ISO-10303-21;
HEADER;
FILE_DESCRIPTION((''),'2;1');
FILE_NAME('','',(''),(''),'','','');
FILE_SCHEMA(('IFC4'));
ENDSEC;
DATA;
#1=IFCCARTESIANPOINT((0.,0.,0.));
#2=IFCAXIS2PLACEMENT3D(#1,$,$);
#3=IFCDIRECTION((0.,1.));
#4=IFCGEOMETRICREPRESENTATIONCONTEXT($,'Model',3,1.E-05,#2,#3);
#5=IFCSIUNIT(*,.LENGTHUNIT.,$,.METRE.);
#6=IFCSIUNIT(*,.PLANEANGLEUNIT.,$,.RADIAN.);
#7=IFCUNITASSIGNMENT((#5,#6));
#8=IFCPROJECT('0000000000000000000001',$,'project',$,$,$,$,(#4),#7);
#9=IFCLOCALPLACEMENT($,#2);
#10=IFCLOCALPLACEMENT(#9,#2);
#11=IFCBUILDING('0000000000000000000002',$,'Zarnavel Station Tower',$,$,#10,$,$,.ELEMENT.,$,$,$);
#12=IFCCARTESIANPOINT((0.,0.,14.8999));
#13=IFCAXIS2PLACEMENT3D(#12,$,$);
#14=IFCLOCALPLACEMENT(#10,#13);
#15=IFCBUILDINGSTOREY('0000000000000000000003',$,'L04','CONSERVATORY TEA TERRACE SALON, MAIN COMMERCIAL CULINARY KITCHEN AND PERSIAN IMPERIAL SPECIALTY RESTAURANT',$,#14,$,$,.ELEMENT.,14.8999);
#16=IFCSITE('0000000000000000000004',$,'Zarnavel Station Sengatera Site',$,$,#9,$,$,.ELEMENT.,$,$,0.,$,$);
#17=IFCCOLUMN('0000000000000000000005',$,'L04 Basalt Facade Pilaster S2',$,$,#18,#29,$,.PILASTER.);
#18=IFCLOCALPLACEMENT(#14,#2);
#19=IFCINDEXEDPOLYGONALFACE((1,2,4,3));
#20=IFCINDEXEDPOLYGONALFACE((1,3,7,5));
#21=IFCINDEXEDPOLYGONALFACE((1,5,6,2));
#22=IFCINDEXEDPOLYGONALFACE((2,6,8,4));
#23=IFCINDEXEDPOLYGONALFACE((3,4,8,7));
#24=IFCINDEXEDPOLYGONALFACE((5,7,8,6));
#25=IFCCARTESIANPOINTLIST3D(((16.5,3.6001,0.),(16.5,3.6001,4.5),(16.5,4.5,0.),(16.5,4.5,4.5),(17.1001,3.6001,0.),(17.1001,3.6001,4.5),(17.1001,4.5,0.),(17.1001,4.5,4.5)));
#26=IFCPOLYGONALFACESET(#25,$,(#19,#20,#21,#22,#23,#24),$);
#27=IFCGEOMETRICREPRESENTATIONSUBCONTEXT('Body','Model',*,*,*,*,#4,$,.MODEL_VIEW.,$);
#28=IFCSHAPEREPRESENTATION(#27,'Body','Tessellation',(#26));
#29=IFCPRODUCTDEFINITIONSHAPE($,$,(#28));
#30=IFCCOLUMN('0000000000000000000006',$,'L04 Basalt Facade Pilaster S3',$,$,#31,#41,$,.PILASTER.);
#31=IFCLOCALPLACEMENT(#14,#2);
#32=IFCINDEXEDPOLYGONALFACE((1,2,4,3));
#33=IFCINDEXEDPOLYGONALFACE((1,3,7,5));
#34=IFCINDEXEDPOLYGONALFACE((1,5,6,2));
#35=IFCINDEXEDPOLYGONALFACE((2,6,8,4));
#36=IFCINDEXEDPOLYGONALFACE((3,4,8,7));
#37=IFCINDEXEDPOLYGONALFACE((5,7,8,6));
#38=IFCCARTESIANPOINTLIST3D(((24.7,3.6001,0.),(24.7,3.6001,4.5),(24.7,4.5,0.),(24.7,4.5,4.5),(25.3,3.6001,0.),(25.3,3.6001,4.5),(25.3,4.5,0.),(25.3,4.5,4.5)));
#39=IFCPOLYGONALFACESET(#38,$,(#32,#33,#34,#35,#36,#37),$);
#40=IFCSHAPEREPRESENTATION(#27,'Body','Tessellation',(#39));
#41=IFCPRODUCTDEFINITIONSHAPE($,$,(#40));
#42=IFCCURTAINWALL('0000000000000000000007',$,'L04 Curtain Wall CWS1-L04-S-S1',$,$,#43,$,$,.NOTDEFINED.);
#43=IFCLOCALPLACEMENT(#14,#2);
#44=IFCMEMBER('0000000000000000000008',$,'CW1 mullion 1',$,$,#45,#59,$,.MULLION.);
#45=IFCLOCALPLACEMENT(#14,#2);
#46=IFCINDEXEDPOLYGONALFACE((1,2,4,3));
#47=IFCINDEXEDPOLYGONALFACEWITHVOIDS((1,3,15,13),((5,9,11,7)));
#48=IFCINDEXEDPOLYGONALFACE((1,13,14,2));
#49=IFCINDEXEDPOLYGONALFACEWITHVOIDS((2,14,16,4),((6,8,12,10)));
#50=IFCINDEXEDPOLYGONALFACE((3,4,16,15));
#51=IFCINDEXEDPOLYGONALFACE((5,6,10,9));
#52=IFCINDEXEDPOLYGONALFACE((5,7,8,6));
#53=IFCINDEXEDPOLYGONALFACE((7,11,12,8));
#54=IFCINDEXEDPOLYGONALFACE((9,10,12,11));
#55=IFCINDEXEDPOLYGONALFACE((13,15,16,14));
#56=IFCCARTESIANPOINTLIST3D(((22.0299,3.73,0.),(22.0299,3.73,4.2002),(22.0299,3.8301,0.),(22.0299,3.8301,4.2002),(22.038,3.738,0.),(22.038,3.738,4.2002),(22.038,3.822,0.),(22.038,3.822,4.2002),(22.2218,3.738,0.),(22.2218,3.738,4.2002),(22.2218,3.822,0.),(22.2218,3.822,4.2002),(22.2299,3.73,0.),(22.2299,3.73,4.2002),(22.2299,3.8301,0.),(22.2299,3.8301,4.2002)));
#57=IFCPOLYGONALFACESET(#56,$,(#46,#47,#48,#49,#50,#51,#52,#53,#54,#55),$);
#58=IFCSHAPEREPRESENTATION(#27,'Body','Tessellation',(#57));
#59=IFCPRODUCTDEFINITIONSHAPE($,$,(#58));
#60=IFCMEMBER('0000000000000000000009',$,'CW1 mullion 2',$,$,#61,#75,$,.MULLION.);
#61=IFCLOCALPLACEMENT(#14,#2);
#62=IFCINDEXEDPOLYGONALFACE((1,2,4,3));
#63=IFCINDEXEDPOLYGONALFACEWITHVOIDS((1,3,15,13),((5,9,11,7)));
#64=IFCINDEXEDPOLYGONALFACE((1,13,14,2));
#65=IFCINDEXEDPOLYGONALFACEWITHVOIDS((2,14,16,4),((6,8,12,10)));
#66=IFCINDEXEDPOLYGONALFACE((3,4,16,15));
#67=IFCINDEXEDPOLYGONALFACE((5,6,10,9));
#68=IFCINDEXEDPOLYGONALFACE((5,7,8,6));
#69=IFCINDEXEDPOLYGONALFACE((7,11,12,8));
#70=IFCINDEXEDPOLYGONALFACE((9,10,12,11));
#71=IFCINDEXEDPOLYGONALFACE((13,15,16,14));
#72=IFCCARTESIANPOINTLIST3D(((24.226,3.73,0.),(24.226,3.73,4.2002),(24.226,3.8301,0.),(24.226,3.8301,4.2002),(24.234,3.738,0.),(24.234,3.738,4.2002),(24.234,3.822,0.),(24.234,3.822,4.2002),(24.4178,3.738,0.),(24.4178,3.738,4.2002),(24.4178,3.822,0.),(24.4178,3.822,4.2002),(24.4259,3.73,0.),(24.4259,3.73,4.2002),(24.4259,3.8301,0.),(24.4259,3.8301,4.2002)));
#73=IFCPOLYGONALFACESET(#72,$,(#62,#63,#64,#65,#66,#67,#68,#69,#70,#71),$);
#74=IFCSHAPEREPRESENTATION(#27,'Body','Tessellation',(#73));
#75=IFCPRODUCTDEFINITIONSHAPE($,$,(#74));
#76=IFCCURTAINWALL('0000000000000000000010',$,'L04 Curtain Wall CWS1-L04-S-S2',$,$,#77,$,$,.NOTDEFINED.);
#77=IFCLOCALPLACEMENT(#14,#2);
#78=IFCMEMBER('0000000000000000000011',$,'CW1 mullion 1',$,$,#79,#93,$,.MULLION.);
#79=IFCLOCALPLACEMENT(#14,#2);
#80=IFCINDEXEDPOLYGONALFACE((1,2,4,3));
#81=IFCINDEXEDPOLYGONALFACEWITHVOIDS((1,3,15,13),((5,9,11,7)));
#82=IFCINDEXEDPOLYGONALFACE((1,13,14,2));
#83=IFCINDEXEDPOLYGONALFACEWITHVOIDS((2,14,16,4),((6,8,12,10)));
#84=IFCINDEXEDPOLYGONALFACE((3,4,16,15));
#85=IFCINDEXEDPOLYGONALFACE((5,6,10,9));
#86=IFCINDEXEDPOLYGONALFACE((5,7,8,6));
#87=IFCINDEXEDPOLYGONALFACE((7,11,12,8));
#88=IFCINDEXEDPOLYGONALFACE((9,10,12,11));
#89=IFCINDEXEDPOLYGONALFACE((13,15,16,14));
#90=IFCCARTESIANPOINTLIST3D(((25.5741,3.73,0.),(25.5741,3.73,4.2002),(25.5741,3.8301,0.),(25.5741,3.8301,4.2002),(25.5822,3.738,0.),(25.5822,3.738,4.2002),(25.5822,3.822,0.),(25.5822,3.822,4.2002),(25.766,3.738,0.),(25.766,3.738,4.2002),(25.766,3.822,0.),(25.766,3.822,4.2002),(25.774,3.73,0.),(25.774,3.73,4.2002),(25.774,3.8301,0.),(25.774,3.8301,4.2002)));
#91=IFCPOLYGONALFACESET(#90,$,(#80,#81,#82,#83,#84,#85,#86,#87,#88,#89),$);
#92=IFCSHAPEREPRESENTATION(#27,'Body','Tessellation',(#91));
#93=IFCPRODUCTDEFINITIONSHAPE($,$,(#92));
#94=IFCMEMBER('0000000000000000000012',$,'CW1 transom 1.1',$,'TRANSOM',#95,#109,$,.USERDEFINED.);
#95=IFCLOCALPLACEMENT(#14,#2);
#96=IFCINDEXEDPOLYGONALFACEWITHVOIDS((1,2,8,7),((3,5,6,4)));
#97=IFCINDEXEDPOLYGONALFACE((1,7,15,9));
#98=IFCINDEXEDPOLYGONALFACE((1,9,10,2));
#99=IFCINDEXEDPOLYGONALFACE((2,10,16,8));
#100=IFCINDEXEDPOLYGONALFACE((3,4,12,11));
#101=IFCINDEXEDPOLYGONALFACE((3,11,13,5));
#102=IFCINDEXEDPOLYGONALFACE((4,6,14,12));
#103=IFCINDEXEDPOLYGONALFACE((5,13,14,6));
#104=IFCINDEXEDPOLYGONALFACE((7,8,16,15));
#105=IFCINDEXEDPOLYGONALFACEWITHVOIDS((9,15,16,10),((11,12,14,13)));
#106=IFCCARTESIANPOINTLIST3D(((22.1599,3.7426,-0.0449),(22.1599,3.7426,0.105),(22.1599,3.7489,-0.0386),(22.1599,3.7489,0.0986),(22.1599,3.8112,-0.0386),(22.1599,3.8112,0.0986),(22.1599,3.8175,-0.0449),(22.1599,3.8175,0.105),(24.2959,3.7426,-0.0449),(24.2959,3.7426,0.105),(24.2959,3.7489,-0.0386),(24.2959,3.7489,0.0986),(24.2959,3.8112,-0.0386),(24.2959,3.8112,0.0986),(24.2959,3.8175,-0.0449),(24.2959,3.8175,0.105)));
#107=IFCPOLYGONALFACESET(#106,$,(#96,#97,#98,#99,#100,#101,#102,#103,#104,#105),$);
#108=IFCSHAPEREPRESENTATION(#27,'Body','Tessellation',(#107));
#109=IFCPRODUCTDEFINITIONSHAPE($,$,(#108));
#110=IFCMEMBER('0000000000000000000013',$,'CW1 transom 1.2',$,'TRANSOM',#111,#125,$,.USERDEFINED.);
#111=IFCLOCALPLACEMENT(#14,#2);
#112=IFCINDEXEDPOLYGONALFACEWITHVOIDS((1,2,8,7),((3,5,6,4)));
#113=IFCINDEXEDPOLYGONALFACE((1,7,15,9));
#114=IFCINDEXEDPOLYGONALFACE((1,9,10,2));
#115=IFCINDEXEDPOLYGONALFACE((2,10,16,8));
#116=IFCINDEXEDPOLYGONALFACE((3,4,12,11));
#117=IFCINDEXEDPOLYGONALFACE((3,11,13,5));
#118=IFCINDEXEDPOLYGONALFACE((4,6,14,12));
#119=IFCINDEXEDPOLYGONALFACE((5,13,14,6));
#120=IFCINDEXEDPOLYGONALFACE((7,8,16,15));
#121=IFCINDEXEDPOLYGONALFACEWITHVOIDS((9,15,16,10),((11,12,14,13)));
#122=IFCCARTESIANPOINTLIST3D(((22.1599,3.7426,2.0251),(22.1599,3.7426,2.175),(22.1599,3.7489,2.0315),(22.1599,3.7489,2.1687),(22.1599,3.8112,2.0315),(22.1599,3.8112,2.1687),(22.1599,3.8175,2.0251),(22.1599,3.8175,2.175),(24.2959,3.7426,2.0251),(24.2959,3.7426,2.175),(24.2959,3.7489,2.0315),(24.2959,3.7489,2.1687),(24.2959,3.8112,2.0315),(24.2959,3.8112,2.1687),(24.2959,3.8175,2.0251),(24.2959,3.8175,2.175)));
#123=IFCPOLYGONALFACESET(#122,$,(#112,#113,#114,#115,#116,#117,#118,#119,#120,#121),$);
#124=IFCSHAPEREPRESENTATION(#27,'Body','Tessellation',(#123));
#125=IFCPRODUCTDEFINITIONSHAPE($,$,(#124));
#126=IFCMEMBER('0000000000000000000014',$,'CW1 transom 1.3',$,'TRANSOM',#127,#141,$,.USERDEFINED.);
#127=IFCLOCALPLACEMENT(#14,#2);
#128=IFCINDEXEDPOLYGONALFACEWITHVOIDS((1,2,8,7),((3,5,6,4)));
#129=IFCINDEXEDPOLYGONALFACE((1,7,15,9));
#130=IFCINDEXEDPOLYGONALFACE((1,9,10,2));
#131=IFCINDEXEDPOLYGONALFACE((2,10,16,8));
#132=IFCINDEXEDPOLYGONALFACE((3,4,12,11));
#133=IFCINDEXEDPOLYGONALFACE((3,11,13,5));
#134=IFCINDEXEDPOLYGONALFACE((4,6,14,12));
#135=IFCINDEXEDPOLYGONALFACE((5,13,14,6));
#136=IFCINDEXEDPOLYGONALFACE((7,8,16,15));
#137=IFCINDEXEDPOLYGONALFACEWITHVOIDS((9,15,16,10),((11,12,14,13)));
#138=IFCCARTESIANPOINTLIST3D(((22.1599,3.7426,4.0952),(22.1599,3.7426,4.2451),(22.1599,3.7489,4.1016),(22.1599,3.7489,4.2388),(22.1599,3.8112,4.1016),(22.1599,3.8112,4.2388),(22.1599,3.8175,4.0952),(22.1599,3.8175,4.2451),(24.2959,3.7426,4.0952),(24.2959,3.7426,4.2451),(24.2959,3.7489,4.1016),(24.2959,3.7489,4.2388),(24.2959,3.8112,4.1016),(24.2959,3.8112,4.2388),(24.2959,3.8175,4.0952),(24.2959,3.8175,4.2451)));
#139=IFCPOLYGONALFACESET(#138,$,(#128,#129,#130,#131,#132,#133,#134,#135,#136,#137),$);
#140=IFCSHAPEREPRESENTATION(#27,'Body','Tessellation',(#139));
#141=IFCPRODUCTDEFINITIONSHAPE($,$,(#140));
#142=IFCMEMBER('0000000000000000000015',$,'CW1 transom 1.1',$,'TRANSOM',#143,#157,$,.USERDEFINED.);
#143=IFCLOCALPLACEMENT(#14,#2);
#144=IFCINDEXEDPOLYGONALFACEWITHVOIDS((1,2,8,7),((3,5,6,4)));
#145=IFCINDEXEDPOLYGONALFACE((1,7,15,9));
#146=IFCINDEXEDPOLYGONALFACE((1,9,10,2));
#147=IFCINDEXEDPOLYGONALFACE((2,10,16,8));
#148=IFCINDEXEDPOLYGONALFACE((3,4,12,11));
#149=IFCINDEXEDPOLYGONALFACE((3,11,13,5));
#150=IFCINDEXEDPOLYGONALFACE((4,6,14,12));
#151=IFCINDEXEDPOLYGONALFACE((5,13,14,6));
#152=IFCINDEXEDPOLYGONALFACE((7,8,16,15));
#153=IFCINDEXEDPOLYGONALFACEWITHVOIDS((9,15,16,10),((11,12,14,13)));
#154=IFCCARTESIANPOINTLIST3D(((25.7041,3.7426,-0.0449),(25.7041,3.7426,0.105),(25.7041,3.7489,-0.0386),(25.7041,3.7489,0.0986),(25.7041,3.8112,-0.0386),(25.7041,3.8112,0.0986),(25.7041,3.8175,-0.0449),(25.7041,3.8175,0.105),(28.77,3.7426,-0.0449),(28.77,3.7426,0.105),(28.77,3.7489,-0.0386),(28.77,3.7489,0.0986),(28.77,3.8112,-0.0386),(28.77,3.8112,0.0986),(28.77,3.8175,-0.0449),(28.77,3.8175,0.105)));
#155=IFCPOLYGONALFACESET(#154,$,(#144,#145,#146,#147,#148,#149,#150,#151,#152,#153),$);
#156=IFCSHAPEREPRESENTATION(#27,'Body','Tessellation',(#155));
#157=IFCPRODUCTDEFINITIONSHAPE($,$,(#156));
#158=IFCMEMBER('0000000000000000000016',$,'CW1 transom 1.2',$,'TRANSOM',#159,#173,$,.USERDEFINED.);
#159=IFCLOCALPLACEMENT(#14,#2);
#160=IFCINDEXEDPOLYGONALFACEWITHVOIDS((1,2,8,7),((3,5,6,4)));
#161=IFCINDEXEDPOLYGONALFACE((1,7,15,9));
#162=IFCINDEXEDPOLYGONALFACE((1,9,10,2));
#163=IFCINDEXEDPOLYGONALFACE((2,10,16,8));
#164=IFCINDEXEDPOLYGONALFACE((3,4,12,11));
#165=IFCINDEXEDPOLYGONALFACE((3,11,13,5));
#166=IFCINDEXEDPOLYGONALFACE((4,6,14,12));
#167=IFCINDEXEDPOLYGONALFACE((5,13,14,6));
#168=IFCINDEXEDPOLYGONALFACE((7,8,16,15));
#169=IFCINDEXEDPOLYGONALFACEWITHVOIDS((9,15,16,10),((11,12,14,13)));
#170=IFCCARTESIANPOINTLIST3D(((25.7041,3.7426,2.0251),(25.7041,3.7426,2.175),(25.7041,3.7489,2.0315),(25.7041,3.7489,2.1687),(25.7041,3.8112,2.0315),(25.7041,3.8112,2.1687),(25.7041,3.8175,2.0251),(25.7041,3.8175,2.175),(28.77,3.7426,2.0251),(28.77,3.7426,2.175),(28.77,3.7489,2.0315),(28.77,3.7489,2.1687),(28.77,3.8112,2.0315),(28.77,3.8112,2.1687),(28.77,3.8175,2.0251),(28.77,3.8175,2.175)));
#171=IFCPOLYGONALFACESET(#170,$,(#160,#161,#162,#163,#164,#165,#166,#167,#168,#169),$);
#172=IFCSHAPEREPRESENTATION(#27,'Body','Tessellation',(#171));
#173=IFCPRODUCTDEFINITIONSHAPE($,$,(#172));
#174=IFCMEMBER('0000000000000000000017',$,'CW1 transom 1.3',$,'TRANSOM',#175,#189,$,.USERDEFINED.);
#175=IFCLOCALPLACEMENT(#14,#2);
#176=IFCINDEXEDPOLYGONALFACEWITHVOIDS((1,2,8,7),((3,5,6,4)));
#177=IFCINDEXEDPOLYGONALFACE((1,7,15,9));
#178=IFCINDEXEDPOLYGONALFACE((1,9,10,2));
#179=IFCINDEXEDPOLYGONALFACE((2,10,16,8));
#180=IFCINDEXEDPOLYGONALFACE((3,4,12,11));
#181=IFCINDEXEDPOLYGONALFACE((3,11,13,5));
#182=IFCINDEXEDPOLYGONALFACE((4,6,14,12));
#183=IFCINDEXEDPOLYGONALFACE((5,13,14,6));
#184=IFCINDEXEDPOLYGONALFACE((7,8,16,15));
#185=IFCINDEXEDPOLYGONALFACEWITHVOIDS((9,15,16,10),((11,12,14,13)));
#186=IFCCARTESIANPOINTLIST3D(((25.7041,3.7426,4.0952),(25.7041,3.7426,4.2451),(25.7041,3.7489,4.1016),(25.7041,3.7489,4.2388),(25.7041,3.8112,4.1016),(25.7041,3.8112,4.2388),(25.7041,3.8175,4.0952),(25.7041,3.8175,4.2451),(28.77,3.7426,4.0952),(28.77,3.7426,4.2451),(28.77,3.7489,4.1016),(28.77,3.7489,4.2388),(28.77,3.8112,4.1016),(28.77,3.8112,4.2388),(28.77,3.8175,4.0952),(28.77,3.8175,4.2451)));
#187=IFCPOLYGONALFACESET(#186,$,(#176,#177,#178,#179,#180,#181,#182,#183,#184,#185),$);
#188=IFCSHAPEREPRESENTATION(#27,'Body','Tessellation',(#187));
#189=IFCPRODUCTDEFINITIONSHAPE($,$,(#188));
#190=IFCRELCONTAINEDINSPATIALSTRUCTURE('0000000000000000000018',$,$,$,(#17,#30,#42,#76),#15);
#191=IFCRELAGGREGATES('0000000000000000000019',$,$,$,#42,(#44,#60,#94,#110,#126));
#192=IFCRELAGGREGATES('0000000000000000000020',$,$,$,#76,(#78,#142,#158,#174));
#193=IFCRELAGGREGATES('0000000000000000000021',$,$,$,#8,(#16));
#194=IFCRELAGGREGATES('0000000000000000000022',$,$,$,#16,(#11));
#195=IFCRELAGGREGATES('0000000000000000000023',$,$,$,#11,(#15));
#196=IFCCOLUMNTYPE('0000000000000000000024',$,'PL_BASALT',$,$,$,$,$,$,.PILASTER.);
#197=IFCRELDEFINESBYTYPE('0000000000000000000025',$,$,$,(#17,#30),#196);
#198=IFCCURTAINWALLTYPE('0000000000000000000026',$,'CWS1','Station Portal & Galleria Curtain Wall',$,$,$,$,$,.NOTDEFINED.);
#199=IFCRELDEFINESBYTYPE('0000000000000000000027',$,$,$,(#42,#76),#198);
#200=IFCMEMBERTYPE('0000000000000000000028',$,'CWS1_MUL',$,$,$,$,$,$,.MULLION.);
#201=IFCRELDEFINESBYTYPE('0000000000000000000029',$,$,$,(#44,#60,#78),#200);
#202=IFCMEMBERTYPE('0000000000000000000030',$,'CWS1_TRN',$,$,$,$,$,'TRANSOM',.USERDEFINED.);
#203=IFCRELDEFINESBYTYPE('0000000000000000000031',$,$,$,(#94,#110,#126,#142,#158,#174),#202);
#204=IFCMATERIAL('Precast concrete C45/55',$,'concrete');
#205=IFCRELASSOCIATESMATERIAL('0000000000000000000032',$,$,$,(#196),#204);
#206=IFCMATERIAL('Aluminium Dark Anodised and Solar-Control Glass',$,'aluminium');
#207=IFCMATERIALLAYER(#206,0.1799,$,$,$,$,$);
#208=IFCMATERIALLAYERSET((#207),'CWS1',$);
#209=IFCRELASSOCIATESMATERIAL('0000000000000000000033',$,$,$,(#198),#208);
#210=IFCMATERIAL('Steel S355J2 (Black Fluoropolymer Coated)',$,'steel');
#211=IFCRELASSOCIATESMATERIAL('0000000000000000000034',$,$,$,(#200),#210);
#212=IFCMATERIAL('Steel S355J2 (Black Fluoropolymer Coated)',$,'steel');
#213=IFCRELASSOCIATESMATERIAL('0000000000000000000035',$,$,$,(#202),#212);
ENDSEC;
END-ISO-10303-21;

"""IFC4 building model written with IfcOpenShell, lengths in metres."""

from ifc_helpers import new_model, si_unit, direction, frame, origin, origin_2d, place, context, subcontext, project, spatial, rectangle, hollow_rectangle, extrude, material, layer, layer_set, material_profile, profile_set, type_object, element, aggregate, save


model = new_model("IFC4")

# Units and contexts
model_context = context("Model", 3, precision=1e-05, world=origin(), true_north=direction((0.0, 1.0)))
body_context = subcontext(model_context, "Body", "Model", "MODEL_VIEW")
ifc_project = project(units=[si_unit("LENGTHUNIT", "METRE"), si_unit("PLANEANGLEUNIT", "RADIAN")], contexts=[model_context])

# Site, building, storey
site_placement = place(None, origin())
site = spatial("IfcSite", under=ifc_project, at=site_placement, Name="Zarnavel Station Sengatera Site", CompositionType="ELEMENT", RefElevation=0.0)
building_placement = place(site_placement, origin())
building = spatial("IfcBuilding", under=site, at=building_placement, Name="Zarnavel Station Tower", CompositionType="ELEMENT")
storey_placement = place(building_placement, frame((0.0, 0.0, 14.8999)))
storey = spatial("IfcBuildingStorey", under=building, at=storey_placement, Name="L04", Description="CONSERVATORY TEA TERRACE SALON, MAIN COMMERCIAL CULINARY KITCHEN AND PERSIAN IMPERIAL SPECIALTY RESTAURANT", CompositionType="ELEMENT", Elevation=14.8999)

# Columns
ifc_material_1 = material(Name="Precast concrete C45/55", Category="concrete")
ifc_material_profile_1 = material_profile(ifc_material_1, rectangle(XDim=0.6001, YDim=0.8999, at=origin_2d()), Name="RC600x900")
ifc_profile_set_1 = profile_set([ifc_material_profile_1], Name="Precast concrete C45/55")
column_type = type_object("IfcColumnType", Name="PL_BASALT", PredefinedType="PILASTER", material=ifc_profile_set_1)
for number, where, z_axis, x_axis, name in (
    (1, (16.8, 4.05, 0.0), (0.0, 0.0, 1.0), (1.0, 0.0, 0.0), "L04 Basalt Facade Pilaster S2"),
    (2, (25.0, 4.05, 0.0), (0.0, 0.0, 1.0), (1.0, 0.0, 0.0), "L04 Basalt Facade Pilaster S3"),
):
    element("IfcColumn", number, at=place(storey_placement, frame(where, z_axis=z_axis, x_axis=x_axis)), inside=storey, type_object=column_type, Name=name, PredefinedType="PILASTER", context=body_context, shape_type="SweptSolid", body=[
        extrude(rectangle(XDim=0.6001, YDim=0.8999, at=origin_2d()), origin(), (0.0, 0.0, 1.0), 4.5),
    ])

# Curtain wall, members
ifc_material_2 = material(Name="Aluminium Dark Anodised and Solar-Control Glass", Category="aluminium")
ifc_layer_1 = layer(ifc_material_2, 0.1799)
ifc_layer_set_1 = layer_set([ifc_layer_1], Name="CWS1")
curtain_wall_type = type_object("IfcCurtainWallType", Name="CWS1", Description="Station Portal & Galleria Curtain Wall", PredefinedType="NOTDEFINED", material=ifc_layer_set_1)
curtain_wall_1_placement = place(storey_placement, origin())
curtain_wall_1 = element("IfcCurtainWall", 3, at=curtain_wall_1_placement, inside=storey, type_object=curtain_wall_type, Name="L04 Curtain Wall CWS1-L04-S-S1", PredefinedType="NOTDEFINED")
ifc_material_3 = material(Name="Steel S355J2 (Black Fluoropolymer Coated)", Category="steel")
ifc_material_profile_2 = material_profile(ifc_material_3, hollow_rectangle(XDim=0.1001, YDim=0.2, WallThickness=0.0081, at=origin_2d()), Name="RHS200x100x8")
ifc_profile_set_2 = profile_set([ifc_material_profile_2], Name="Steel S355J2 (Black Fluoropolymer Coated)")
member_type_1 = type_object("IfcMemberType", Name="CWS1_MUL", PredefinedType="MULLION", material=ifc_profile_set_2)
member_1_placement = place(storey_placement, frame((22.1299, 3.78, 0.0), z_axis=(0.0, 0.0, 1.0), x_axis=(0.0, 1.0, 0.0)))
member_1 = element("IfcMember", 4, at=member_1_placement, type_object=member_type_1, Name="CW1 mullion 1", PredefinedType="MULLION", context=body_context, shape_type="SweptSolid", body=[
    extrude(hollow_rectangle(XDim=0.1001, YDim=0.2, WallThickness=0.0081, at=origin_2d()), origin(), (0.0, 0.0, 1.0), 4.2002),
])
member_2_placement = place(storey_placement, frame((24.3259, 3.78, 0.0), z_axis=(0.0, 0.0, 1.0), x_axis=(0.0, 1.0, 0.0)))
member_2 = element("IfcMember", 5, at=member_2_placement, type_object=member_type_1, Name="CW1 mullion 2", PredefinedType="MULLION", context=body_context, shape_type="SweptSolid", body=[
    extrude(hollow_rectangle(XDim=0.1001, YDim=0.2, WallThickness=0.0081, at=origin_2d()), origin(), (0.0, 0.0, 1.0), 4.2002),
])

# Curtain wall, member
curtain_wall_2_placement = place(storey_placement, origin())
curtain_wall_2 = element("IfcCurtainWall", 6, at=curtain_wall_2_placement, inside=storey, type_object=curtain_wall_type, Name="L04 Curtain Wall CWS1-L04-S-S2", PredefinedType="NOTDEFINED")
member_3_placement = place(storey_placement, frame((25.6741, 3.78, 0.0), z_axis=(0.0, 0.0, 1.0), x_axis=(0.0, 1.0, 0.0)))
member_3 = element("IfcMember", 7, at=member_3_placement, type_object=member_type_1, Name="CW1 mullion 1", PredefinedType="MULLION", context=body_context, shape_type="SweptSolid", body=[
    extrude(hollow_rectangle(XDim=0.1001, YDim=0.2, WallThickness=0.0081, at=origin_2d()), origin(), (0.0, 0.0, 1.0), 4.2002),
])

# Members
ifc_material_4 = material(Name="Steel S355J2 (Black Fluoropolymer Coated)", Category="steel")
ifc_material_profile_3 = material_profile(ifc_material_4, hollow_rectangle(XDim=0.075, YDim=0.1499, WallThickness=0.0063, at=origin_2d()), Name="RHS150x75x6.3")
ifc_profile_set_3 = profile_set([ifc_material_profile_3], Name="Steel S355J2 (Black Fluoropolymer Coated)")
member_type_2 = type_object("IfcMemberType", Name="CWS1_TRN", ElementType="TRANSOM", PredefinedType="USERDEFINED", material=ifc_profile_set_3)
member_4_placement = place(storey_placement, frame((22.1599, 3.78, 0.03), z_axis=(1.0, 0.0, 0.0), x_axis=(0.0, 1.0, 0.0)))
member_4 = element("IfcMember", 8, at=member_4_placement, type_object=member_type_2, Name="CW1 transom 1.1", ObjectType="TRANSOM", PredefinedType="USERDEFINED", context=body_context, shape_type="SweptSolid", body=[
    extrude(hollow_rectangle(XDim=0.075, YDim=0.1499, WallThickness=0.0063, at=origin_2d()), origin(), (0.0, 0.0, 1.0), 2.136),
])
member_5_placement = place(storey_placement, frame((22.1599, 3.78, 2.1001), z_axis=(1.0, 0.0, 0.0), x_axis=(0.0, 1.0, 0.0)))
member_5 = element("IfcMember", 9, at=member_5_placement, type_object=member_type_2, Name="CW1 transom 1.2", ObjectType="TRANSOM", PredefinedType="USERDEFINED", context=body_context, shape_type="SweptSolid", body=[
    extrude(hollow_rectangle(XDim=0.075, YDim=0.1499, WallThickness=0.0063, at=origin_2d()), origin(), (0.0, 0.0, 1.0), 2.136),
])
member_6_placement = place(storey_placement, frame((22.1599, 3.78, 4.1702), z_axis=(1.0, 0.0, 0.0), x_axis=(0.0, 1.0, 0.0)))
member_6 = element("IfcMember", 10, at=member_6_placement, type_object=member_type_2, Name="CW1 transom 1.3", ObjectType="TRANSOM", PredefinedType="USERDEFINED", context=body_context, shape_type="SweptSolid", body=[
    extrude(hollow_rectangle(XDim=0.075, YDim=0.1499, WallThickness=0.0063, at=origin_2d()), origin(), (0.0, 0.0, 1.0), 2.136),
])
member_7_placement = place(storey_placement, frame((25.7041, 3.78, 0.03), z_axis=(1.0, 0.0, 0.0), x_axis=(0.0, 1.0, 0.0)))
member_7 = element("IfcMember", 11, at=member_7_placement, type_object=member_type_2, Name="CW1 transom 1.1", ObjectType="TRANSOM", PredefinedType="USERDEFINED", context=body_context, shape_type="SweptSolid", body=[
    extrude(hollow_rectangle(XDim=0.075, YDim=0.1499, WallThickness=0.0063, at=origin_2d()), origin(), (0.0, 0.0, 1.0), 3.0659),
])
member_8_placement = place(storey_placement, frame((25.7041, 3.78, 2.1001), z_axis=(1.0, 0.0, 0.0), x_axis=(0.0, 1.0, 0.0)))
member_8 = element("IfcMember", 12, at=member_8_placement, type_object=member_type_2, Name="CW1 transom 1.2", ObjectType="TRANSOM", PredefinedType="USERDEFINED", context=body_context, shape_type="SweptSolid", body=[
    extrude(hollow_rectangle(XDim=0.075, YDim=0.1499, WallThickness=0.0063, at=origin_2d()), origin(), (0.0, 0.0, 1.0), 3.0659),
])
member_9_placement = place(storey_placement, frame((25.7041, 3.78, 4.1702), z_axis=(1.0, 0.0, 0.0), x_axis=(0.0, 1.0, 0.0)))
member_9 = element("IfcMember", 13, at=member_9_placement, type_object=member_type_2, Name="CW1 transom 1.3", ObjectType="TRANSOM", PredefinedType="USERDEFINED", context=body_context, shape_type="SweptSolid", body=[
    extrude(hollow_rectangle(XDim=0.075, YDim=0.1499, WallThickness=0.0063, at=origin_2d()), origin(), (0.0, 0.0, 1.0), 3.0659),
])

aggregate(curtain_wall_1, [member_1, member_2, member_4, member_5, member_6])
aggregate(curtain_wall_2, [member_3, member_7, member_8, member_9])

save(model, "model.ifc")
